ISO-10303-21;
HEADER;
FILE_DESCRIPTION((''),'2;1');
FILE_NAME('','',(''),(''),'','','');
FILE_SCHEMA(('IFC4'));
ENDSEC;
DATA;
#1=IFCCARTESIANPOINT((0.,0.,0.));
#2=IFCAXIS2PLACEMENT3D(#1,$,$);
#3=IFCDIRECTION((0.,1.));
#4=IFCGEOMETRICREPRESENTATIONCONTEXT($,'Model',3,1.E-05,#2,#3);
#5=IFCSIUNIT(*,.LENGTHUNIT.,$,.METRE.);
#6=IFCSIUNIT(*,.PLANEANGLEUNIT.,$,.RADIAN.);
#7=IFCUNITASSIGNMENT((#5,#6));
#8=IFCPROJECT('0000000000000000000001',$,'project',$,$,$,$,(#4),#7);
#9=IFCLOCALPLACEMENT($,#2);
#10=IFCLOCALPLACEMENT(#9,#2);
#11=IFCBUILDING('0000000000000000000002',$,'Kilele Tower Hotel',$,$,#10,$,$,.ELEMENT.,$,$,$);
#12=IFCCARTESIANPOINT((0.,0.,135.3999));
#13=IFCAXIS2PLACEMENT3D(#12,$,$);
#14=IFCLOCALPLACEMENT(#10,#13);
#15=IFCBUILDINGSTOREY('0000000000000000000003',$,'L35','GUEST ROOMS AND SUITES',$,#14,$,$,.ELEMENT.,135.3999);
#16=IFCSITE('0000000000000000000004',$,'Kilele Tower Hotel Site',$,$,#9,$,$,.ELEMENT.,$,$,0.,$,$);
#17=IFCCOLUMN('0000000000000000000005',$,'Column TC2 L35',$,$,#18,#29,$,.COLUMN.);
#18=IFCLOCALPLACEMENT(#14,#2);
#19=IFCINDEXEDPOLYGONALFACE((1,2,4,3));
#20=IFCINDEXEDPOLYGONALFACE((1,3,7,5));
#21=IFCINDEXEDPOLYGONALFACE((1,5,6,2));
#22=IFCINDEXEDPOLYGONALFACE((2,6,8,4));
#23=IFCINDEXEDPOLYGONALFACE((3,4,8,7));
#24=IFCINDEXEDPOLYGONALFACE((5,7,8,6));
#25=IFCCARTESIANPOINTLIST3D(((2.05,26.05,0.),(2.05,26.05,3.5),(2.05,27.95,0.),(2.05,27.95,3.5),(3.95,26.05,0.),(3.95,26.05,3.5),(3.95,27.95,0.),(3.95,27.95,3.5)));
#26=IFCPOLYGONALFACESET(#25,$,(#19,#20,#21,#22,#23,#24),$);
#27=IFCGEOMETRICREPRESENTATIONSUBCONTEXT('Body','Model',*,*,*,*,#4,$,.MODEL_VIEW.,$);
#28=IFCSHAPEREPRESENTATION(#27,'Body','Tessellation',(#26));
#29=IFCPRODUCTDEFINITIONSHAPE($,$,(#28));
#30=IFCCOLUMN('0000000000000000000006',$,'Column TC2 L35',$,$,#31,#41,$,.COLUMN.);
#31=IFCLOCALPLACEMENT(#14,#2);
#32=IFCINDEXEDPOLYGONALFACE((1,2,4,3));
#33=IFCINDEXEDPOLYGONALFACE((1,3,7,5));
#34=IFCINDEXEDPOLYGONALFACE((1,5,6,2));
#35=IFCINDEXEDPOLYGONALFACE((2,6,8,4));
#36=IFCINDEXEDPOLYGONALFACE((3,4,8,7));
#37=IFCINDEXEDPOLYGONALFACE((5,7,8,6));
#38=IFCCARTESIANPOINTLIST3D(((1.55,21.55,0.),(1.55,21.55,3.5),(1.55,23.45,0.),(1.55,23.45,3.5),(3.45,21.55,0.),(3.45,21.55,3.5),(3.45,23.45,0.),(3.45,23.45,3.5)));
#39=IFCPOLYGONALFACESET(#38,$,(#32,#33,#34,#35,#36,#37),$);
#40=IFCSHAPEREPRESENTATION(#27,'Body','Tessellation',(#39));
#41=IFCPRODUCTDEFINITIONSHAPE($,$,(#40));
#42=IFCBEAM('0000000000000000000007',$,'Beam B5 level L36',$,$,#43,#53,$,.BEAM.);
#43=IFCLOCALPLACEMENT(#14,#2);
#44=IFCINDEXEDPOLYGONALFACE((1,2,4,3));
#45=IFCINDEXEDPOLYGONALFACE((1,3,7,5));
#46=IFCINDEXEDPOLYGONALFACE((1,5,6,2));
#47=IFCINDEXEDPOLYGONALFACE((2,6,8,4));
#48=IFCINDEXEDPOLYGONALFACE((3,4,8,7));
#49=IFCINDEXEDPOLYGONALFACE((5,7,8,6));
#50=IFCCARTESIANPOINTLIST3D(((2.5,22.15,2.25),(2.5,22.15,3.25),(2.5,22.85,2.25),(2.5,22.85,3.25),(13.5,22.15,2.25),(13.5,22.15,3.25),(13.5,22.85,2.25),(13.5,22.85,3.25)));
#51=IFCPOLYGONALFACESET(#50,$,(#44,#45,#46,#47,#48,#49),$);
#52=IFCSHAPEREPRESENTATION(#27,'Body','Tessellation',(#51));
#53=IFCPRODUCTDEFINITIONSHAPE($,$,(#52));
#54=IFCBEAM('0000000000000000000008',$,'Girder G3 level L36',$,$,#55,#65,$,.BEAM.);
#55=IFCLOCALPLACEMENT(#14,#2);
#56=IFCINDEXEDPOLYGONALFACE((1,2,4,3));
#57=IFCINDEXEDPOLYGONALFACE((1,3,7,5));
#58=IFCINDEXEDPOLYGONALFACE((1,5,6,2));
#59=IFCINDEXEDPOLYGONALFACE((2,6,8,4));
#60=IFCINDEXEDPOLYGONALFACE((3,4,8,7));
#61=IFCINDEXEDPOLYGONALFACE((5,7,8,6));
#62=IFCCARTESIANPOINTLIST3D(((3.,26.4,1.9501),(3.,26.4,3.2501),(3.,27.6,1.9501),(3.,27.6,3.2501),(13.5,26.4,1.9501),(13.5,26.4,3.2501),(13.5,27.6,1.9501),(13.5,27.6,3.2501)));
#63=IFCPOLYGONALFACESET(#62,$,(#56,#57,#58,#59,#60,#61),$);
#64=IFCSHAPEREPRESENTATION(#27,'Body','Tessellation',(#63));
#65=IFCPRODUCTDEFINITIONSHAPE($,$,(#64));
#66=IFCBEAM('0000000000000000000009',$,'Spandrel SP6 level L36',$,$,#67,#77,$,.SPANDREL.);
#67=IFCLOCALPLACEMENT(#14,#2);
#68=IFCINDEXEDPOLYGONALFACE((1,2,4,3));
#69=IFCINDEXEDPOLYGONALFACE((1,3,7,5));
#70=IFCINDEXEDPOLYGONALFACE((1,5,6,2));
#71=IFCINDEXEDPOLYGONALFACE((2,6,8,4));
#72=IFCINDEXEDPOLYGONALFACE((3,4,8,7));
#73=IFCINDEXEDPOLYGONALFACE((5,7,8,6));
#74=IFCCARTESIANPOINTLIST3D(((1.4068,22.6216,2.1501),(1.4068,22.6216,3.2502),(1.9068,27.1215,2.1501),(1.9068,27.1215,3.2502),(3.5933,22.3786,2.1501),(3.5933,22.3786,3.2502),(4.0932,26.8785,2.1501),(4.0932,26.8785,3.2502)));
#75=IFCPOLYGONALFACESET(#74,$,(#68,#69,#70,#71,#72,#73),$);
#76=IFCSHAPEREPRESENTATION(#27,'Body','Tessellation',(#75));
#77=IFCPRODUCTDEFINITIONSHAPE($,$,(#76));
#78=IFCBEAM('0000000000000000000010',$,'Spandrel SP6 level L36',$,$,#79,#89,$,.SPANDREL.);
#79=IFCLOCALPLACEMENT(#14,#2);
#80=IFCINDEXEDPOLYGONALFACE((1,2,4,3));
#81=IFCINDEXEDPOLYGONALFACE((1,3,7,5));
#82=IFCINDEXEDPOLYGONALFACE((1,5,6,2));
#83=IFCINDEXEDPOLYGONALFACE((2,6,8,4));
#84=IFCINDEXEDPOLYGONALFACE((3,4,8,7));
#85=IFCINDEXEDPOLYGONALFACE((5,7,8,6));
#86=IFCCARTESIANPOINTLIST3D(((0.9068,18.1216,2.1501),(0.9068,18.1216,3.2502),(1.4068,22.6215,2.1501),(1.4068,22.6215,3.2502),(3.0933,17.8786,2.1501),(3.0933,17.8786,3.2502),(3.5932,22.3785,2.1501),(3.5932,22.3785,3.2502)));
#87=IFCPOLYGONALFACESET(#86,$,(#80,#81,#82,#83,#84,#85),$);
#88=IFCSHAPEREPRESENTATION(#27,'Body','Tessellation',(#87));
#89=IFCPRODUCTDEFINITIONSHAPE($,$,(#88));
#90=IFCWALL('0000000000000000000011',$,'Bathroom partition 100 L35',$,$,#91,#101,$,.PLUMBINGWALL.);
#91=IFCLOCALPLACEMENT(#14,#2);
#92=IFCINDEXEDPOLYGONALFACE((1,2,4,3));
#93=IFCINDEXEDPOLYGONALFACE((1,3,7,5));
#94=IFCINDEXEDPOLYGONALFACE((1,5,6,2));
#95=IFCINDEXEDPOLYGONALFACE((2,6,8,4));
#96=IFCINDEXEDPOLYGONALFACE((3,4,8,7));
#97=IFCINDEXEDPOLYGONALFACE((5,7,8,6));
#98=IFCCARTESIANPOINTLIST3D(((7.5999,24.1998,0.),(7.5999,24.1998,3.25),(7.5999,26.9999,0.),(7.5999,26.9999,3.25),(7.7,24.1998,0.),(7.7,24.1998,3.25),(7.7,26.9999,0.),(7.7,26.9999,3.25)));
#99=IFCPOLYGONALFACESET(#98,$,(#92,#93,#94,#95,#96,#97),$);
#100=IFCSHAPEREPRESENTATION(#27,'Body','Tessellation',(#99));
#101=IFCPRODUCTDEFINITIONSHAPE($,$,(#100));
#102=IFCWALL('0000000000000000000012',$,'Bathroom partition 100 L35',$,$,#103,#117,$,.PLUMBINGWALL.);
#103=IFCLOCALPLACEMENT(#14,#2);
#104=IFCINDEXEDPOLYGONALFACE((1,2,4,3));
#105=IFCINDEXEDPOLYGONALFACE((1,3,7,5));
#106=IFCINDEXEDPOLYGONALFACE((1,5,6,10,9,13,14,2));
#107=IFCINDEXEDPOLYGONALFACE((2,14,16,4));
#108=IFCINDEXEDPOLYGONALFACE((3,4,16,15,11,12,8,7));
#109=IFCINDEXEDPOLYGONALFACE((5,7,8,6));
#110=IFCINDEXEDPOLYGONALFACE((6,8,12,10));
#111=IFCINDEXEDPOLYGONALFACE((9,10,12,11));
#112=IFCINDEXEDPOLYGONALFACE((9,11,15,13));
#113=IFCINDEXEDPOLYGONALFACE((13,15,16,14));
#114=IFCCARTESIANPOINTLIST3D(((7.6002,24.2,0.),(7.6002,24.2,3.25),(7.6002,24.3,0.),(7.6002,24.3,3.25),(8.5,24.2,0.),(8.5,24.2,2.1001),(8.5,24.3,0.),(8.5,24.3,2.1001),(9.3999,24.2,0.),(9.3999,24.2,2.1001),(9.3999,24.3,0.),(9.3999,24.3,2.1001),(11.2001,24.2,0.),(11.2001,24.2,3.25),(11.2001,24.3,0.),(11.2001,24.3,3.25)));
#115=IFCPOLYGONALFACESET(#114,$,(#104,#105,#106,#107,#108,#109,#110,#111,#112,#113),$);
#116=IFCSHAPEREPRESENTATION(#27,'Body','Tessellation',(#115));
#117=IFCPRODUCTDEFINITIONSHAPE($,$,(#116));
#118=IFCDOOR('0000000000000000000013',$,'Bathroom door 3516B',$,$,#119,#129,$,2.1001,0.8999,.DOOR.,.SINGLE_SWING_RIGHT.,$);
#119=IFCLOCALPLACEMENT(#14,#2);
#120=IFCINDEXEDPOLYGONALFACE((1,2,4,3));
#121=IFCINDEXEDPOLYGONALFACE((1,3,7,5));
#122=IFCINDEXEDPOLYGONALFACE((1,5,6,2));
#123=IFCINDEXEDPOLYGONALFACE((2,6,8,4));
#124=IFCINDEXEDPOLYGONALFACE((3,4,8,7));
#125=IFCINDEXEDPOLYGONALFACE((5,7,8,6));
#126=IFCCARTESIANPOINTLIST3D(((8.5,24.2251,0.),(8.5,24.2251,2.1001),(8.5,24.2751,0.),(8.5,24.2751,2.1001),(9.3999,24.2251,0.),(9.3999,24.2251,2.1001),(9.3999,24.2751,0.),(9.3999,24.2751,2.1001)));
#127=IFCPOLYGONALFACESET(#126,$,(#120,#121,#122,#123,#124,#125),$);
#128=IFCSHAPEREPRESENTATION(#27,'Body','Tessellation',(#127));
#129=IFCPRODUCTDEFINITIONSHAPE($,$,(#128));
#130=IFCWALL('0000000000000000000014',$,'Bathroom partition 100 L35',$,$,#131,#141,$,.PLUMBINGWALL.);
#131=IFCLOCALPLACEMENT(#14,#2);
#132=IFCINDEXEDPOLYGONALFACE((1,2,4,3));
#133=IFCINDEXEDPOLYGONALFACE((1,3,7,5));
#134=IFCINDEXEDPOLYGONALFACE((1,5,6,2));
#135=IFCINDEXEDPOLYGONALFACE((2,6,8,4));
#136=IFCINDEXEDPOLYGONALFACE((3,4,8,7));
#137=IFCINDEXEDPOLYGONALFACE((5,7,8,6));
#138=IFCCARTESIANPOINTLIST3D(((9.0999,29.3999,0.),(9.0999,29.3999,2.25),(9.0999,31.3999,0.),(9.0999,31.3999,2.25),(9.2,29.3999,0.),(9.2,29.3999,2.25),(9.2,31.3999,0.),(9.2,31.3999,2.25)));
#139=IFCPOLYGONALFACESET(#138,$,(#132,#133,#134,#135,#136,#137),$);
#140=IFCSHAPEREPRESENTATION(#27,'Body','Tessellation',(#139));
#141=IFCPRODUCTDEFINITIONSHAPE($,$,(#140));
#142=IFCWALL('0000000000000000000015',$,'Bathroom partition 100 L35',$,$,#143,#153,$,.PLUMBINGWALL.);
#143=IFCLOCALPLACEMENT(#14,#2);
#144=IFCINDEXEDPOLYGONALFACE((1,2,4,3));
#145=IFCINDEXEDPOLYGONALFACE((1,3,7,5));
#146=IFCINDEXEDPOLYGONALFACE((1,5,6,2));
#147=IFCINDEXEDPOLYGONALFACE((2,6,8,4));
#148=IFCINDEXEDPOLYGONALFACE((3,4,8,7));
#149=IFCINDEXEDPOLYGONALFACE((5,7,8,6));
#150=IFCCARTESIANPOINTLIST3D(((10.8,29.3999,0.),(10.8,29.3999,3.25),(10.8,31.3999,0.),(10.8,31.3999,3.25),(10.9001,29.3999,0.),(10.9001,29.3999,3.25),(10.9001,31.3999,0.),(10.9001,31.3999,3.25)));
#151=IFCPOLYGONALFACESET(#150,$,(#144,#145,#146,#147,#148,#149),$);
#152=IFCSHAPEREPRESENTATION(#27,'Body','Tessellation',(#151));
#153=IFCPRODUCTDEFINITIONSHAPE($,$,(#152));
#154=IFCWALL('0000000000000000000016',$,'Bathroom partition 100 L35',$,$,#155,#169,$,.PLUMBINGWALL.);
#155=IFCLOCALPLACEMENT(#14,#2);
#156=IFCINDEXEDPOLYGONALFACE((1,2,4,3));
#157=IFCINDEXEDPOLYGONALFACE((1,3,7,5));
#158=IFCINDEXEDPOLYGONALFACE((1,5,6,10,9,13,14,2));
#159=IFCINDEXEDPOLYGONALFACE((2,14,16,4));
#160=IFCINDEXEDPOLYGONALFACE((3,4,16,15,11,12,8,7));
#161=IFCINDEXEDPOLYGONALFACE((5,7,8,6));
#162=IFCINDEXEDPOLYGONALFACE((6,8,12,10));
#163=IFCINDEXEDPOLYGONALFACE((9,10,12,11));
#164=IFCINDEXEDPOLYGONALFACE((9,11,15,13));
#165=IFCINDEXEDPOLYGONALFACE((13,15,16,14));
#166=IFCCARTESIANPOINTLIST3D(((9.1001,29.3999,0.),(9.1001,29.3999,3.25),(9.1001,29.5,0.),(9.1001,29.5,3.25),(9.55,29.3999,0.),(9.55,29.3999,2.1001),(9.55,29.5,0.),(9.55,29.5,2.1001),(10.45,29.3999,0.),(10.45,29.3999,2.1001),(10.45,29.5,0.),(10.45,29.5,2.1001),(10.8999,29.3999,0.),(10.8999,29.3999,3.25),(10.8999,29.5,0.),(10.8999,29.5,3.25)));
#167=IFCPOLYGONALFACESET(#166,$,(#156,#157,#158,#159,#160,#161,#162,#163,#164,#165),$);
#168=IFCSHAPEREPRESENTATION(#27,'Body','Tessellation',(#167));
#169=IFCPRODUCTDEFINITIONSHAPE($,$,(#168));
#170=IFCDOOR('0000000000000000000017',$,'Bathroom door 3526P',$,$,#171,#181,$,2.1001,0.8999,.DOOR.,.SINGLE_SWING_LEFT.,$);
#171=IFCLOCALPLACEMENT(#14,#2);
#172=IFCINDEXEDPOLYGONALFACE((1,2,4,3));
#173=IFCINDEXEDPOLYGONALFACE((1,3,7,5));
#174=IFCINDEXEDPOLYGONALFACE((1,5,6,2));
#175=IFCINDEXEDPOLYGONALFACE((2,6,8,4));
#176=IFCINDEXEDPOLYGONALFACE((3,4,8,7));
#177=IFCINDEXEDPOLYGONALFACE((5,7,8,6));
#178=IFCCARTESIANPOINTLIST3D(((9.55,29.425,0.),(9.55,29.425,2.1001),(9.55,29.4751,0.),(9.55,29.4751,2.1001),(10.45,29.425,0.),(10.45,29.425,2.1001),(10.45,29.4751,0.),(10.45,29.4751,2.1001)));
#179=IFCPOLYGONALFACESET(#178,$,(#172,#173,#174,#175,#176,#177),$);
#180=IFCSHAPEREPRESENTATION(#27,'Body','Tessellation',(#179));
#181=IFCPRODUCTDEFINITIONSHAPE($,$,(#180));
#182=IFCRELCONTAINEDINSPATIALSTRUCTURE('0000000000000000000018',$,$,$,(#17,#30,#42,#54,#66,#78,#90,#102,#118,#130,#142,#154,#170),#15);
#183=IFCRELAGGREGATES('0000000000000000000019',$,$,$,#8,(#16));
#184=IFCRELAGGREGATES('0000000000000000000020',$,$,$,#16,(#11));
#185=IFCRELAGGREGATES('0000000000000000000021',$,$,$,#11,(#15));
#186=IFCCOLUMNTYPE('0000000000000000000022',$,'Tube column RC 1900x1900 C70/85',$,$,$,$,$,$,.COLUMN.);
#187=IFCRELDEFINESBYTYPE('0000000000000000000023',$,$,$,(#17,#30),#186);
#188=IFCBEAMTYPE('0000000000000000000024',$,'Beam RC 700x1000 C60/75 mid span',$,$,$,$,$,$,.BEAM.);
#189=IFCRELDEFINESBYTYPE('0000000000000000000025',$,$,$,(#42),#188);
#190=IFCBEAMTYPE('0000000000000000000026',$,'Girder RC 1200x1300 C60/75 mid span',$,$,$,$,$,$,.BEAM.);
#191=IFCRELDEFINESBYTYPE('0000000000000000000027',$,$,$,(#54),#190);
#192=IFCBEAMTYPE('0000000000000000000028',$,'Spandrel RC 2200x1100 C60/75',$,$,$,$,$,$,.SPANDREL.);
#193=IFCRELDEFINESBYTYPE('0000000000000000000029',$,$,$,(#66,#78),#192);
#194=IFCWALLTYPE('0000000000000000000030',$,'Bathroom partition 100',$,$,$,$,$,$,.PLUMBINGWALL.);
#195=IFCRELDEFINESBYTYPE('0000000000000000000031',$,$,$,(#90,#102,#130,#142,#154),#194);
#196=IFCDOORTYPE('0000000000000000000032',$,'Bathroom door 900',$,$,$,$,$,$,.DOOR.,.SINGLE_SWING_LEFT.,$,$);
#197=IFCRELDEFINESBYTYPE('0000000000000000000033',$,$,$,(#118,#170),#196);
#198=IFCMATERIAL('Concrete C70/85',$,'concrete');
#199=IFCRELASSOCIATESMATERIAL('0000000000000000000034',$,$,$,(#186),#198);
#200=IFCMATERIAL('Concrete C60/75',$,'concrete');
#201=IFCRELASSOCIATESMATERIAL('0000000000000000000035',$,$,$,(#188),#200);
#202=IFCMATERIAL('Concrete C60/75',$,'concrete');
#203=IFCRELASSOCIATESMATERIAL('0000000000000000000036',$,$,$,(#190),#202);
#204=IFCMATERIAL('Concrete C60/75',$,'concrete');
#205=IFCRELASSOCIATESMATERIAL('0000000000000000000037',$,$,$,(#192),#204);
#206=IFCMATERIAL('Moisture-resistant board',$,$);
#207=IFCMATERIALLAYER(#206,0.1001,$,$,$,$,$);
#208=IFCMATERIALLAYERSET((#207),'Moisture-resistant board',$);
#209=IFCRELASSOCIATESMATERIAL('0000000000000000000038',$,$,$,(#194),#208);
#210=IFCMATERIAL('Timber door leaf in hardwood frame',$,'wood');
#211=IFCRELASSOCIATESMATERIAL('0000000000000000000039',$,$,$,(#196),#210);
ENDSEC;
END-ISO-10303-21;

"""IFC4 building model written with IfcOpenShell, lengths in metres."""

from ifc_helpers import new_model, si_unit, direction, frame, frame_2d, origin, origin_2d, place, context, subcontext, project, spatial, rectangle, extrude, material, layer, layer_set, material_profile, profile_set, type_object, element, fill, save


model = new_model("IFC4")

# Units and contexts
model_context = context("Model", 3, precision=1e-05, world=origin(), true_north=direction((0.0, 1.0)))
body_context = subcontext(model_context, "Body", "Model", "MODEL_VIEW")
ifc_project = project(units=[si_unit("LENGTHUNIT", "METRE"), si_unit("PLANEANGLEUNIT", "RADIAN")], contexts=[model_context])

# Site, building, storey
site_placement = place(None, origin())
site = spatial("IfcSite", under=ifc_project, at=site_placement, Name="Kilele Tower Hotel Site", CompositionType="ELEMENT", RefElevation=0.0)
building_placement = place(site_placement, origin())
building = spatial("IfcBuilding", under=site, at=building_placement, Name="Kilele Tower Hotel", CompositionType="ELEMENT")
storey_placement = place(building_placement, frame((0.0, 0.0, 135.3999)))
storey = spatial("IfcBuildingStorey", under=building, at=storey_placement, Name="L35", Description="GUEST ROOMS AND SUITES", CompositionType="ELEMENT", Elevation=135.3999)

# Columns
ifc_material_1 = material(Name="Concrete C70/85", Category="concrete")
ifc_material_profile_1 = material_profile(ifc_material_1, rectangle(XDim=1.8999, YDim=1.8999, at=origin_2d()))
ifc_profile_set_1 = profile_set([ifc_material_profile_1], Name="Concrete C70/85")
column_type = type_object("IfcColumnType", Name="Tube column RC 1900x1900 C70/85", PredefinedType="COLUMN", material=ifc_profile_set_1)
for number, where, z_axis, x_axis, name in (
    (1, (3.0, 27.0, 0.0), (0.0, 0.0, 1.0), (1.0, 0.0, 0.0), "Column TC2 L35"),
    (2, (2.5, 22.5, 0.0), (0.0, 0.0, 1.0), (1.0, 0.0, 0.0), "Column TC2 L35"),
):
    element("IfcColumn", number, at=place(storey_placement, frame(where, z_axis=z_axis, x_axis=x_axis)), inside=storey, type_object=column_type, Name=name, PredefinedType="COLUMN", context=body_context, shape_type="SweptSolid", body=[
        extrude(rectangle(XDim=1.8999, YDim=1.8999, at=origin_2d()), origin(), (0.0, 0.0, 1.0), 3.5),
    ])

# Beams
ifc_material_2 = material(Name="Concrete C60/75", Category="concrete")
ifc_material_profile_2 = material_profile(ifc_material_2, rectangle(XDim=0.7, YDim=1.0, at=origin_2d()))
ifc_profile_set_2 = profile_set([ifc_material_profile_2], Name="Concrete C60/75")
beam_type_1 = type_object("IfcBeamType", Name="Beam RC 700x1000 C60/75 mid span", PredefinedType="BEAM", material=ifc_profile_set_2)
beam_1_placement = place(storey_placement, frame((2.5, 22.5, 2.75), z_axis=(1.0, 0.0, 0.0), x_axis=(0.0, 1.0, 0.0)))
element("IfcBeam", 3, at=beam_1_placement, inside=storey, type_object=beam_type_1, Name="Beam B5 level L36", PredefinedType="BEAM", context=body_context, shape_type="SweptSolid", body=[
    extrude(rectangle(XDim=0.7, YDim=1.0, at=origin_2d()), origin(), (0.0, 0.0, 1.0), 11.0),
])
ifc_material_3 = material(Name="Concrete C60/75", Category="concrete")
ifc_material_profile_3 = material_profile(ifc_material_3, rectangle(XDim=1.2, YDim=1.3, at=origin_2d()))
ifc_profile_set_3 = profile_set([ifc_material_profile_3], Name="Concrete C60/75")
beam_type_2 = type_object("IfcBeamType", Name="Girder RC 1200x1300 C60/75 mid span", PredefinedType="BEAM", material=ifc_profile_set_3)
beam_2_placement = place(storey_placement, frame((3.0, 27.0, 2.6001), z_axis=(1.0, 0.0, 0.0), x_axis=(0.0, 1.0, 0.0)))
element("IfcBeam", 4, at=beam_2_placement, inside=storey, type_object=beam_type_2, Name="Girder G3 level L36", PredefinedType="BEAM", context=body_context, shape_type="SweptSolid", body=[
    extrude(rectangle(XDim=1.2, YDim=1.3, at=origin_2d()), origin(), (0.0, 0.0, 1.0), 10.5),
])
ifc_material_4 = material(Name="Concrete C60/75", Category="concrete")
ifc_material_profile_4 = material_profile(ifc_material_4, rectangle(XDim=2.2, YDim=1.1001, at=origin_2d()))
ifc_profile_set_4 = profile_set([ifc_material_profile_4], Name="Concrete C60/75")
beam_type_3 = type_object("IfcBeamType", Name="Spandrel RC 2200x1100 C60/75", PredefinedType="SPANDREL", material=ifc_profile_set_4)
for number, where, z_axis, x_axis, name in (
    (5, (3.0, 27.0, 2.7002), (-0.110432, -0.993884, 0.0), (0.993884, -0.110432, 0.0), "Spandrel SP6 level L36"),
    (6, (2.5, 22.5, 2.7002), (-0.110432, -0.993884, 0.0), (0.993884, -0.110432, 0.0), "Spandrel SP6 level L36"),
):
    element("IfcBeam", number, at=place(storey_placement, frame(where, z_axis=z_axis, x_axis=x_axis)), inside=storey, type_object=beam_type_3, Name=name, PredefinedType="SPANDREL", context=body_context, shape_type="SweptSolid", body=[
        extrude(rectangle(XDim=2.2, YDim=1.1001, at=origin_2d()), origin(), (0.0, 0.0, 1.0), 4.5276),
    ])

# Wall
ifc_material_5 = material(Name="Moisture-resistant board")
ifc_layer_1 = layer(ifc_material_5, 0.1001)
ifc_layer_set_1 = layer_set([ifc_layer_1], Name="Moisture-resistant board")
wall_type_1 = type_object("IfcWallType", Name="Bathroom partition 100", PredefinedType="PLUMBINGWALL", material=ifc_layer_set_1)
wall_1_placement = place(storey_placement, frame((7.6499, 24.2, 0.0), z_axis=(0.0, 0.0, 1.0), x_axis=(0.0, 1.0, 0.0)))
element("IfcWall", 7, at=wall_1_placement, inside=storey, type_object=wall_type_1, Name="Bathroom partition 100 L35", PredefinedType="PLUMBINGWALL", context=body_context, shape_type="SweptSolid", body=[
    extrude(rectangle(XDim=2.8, YDim=0.1001, at=frame_2d((1.3999, 0.0))), origin(), (0.0, 0.0, 1.0), 3.25),
])

# Wall, opening, door
wall_2_placement = place(storey_placement, frame((11.2, 24.25, 0.0), z_axis=(0.0, 0.0, 1.0), x_axis=(-1.0, 0.0, 0.0)))
wall_2 = element("IfcWall", 8, at=wall_2_placement, inside=storey, type_object=wall_type_1, Name="Bathroom partition 100 L35", PredefinedType="PLUMBINGWALL", context=body_context, shape_type="SweptSolid", body=[
    extrude(rectangle(XDim=3.5999, YDim=0.1001, at=frame_2d((1.7998, 0.0))), origin(), (0.0, 0.0, 1.0), 3.25),
])
opening_1_placement = place(wall_2_placement, frame((1.8, 0.0, 0.0)))
opening_1 = element("IfcOpeningElement", 9, at=opening_1_placement, cuts=wall_2, PredefinedType="OPENING", context=body_context, shape_type="SweptSolid", body=[
    extrude(rectangle(XDim=0.8999, YDim=2.1001, at=frame_2d((0.45, 1.05))), frame((0.0, 0.0601, 0.0), z_axis=(0.0, -1.0, 0.0), x_axis=(1.0, 0.0, 0.0)), (0.0, 0.0, 1.0), 0.1201),
])
ifc_material_6 = material(Name="Timber door leaf in hardwood frame", Category="wood")
door_type_1 = type_object("IfcDoorType", Name="Bathroom door 900", OperationType="SINGLE_SWING_LEFT", PredefinedType="DOOR", material=ifc_material_6)
door_1_placement = place(opening_1_placement, origin())
door_1 = element("IfcDoor", 10, at=door_1_placement, inside=storey, type_object=door_type_1, Name="Bathroom door 3516B", OperationType="SINGLE_SWING_RIGHT", OverallHeight=2.1001, OverallWidth=0.8999, PredefinedType="DOOR", context=body_context, shape_type="SweptSolid", body=[
    extrude(rectangle(XDim=0.8999, YDim=2.1001, at=frame_2d((0.45, 1.05))), frame((0.0, 0.0249, 0.0), z_axis=(0.0, -1.0, 0.0), x_axis=(1.0, 0.0, 0.0)), (0.0, 0.0, 1.0), 0.05),
])
fill(opening_1, door_1)

# Walls
wall_3_placement = place(storey_placement, frame((9.1499, 31.3999, 0.0), z_axis=(0.0, 0.0, 1.0), x_axis=(0.0, -1.0, 0.0)))
element("IfcWall", 11, at=wall_3_placement, inside=storey, type_object=wall_type_1, Name="Bathroom partition 100 L35", PredefinedType="PLUMBINGWALL", context=body_context, shape_type="SweptSolid", body=[
    extrude(rectangle(XDim=2.0, YDim=0.1001, at=frame_2d((1.0, 0.0))), origin(), (0.0, 0.0, 1.0), 2.25),
])
wall_4_placement = place(storey_placement, frame((10.8501, 31.3999, 0.0), z_axis=(0.0, 0.0, 1.0), x_axis=(0.0, -1.0, 0.0)))
element("IfcWall", 12, at=wall_4_placement, inside=storey, type_object=wall_type_1, Name="Bathroom partition 100 L35", PredefinedType="PLUMBINGWALL", context=body_context, shape_type="SweptSolid", body=[
    extrude(rectangle(XDim=2.0, YDim=0.1001, at=frame_2d((1.0, 0.0))), origin(), (0.0, 0.0, 1.0), 3.25),
])

# Wall, opening, door
wall_5_placement = place(storey_placement, frame((10.8999, 29.45, 0.0), z_axis=(0.0, 0.0, 1.0), x_axis=(-1.0, 0.0, 0.0)))
wall_5 = element("IfcWall", 13, at=wall_5_placement, inside=storey, type_object=wall_type_1, Name="Bathroom partition 100 L35", PredefinedType="PLUMBINGWALL", context=body_context, shape_type="SweptSolid", body=[
    extrude(rectangle(XDim=1.7998, YDim=0.1001, at=frame_2d((0.8999, 0.0))), origin(), (0.0, 0.0, 1.0), 3.25),
])
opening_2_placement = place(wall_5_placement, frame((0.45, 0.0, 0.0)))
opening_2 = element("IfcOpeningElement", 14, at=opening_2_placement, cuts=wall_5, PredefinedType="OPENING", context=body_context, shape_type="SweptSolid", body=[
    extrude(rectangle(XDim=0.8999, YDim=2.1001, at=frame_2d((0.45, 1.05))), frame((0.0, 0.0601, 0.0), z_axis=(0.0, -1.0, 0.0), x_axis=(1.0, 0.0, 0.0)), (0.0, 0.0, 1.0), 0.1201),
])
door_2_placement = place(opening_2_placement, origin())
door_2 = element("IfcDoor", 15, at=door_2_placement, inside=storey, type_object=door_type_1, Name="Bathroom door 3526P", OperationType="SINGLE_SWING_LEFT", OverallHeight=2.1001, OverallWidth=0.8999, PredefinedType="DOOR", context=body_context, shape_type="SweptSolid", body=[
    extrude(rectangle(XDim=0.8999, YDim=2.1001, at=frame_2d((0.45, 1.05))), frame((0.0, 0.0249, 0.0), z_axis=(0.0, -1.0, 0.0), x_axis=(1.0, 0.0, 0.0)), (0.0, 0.0, 1.0), 0.05),
])
fill(opening_2, door_2)

save(model, "model.ifc")
